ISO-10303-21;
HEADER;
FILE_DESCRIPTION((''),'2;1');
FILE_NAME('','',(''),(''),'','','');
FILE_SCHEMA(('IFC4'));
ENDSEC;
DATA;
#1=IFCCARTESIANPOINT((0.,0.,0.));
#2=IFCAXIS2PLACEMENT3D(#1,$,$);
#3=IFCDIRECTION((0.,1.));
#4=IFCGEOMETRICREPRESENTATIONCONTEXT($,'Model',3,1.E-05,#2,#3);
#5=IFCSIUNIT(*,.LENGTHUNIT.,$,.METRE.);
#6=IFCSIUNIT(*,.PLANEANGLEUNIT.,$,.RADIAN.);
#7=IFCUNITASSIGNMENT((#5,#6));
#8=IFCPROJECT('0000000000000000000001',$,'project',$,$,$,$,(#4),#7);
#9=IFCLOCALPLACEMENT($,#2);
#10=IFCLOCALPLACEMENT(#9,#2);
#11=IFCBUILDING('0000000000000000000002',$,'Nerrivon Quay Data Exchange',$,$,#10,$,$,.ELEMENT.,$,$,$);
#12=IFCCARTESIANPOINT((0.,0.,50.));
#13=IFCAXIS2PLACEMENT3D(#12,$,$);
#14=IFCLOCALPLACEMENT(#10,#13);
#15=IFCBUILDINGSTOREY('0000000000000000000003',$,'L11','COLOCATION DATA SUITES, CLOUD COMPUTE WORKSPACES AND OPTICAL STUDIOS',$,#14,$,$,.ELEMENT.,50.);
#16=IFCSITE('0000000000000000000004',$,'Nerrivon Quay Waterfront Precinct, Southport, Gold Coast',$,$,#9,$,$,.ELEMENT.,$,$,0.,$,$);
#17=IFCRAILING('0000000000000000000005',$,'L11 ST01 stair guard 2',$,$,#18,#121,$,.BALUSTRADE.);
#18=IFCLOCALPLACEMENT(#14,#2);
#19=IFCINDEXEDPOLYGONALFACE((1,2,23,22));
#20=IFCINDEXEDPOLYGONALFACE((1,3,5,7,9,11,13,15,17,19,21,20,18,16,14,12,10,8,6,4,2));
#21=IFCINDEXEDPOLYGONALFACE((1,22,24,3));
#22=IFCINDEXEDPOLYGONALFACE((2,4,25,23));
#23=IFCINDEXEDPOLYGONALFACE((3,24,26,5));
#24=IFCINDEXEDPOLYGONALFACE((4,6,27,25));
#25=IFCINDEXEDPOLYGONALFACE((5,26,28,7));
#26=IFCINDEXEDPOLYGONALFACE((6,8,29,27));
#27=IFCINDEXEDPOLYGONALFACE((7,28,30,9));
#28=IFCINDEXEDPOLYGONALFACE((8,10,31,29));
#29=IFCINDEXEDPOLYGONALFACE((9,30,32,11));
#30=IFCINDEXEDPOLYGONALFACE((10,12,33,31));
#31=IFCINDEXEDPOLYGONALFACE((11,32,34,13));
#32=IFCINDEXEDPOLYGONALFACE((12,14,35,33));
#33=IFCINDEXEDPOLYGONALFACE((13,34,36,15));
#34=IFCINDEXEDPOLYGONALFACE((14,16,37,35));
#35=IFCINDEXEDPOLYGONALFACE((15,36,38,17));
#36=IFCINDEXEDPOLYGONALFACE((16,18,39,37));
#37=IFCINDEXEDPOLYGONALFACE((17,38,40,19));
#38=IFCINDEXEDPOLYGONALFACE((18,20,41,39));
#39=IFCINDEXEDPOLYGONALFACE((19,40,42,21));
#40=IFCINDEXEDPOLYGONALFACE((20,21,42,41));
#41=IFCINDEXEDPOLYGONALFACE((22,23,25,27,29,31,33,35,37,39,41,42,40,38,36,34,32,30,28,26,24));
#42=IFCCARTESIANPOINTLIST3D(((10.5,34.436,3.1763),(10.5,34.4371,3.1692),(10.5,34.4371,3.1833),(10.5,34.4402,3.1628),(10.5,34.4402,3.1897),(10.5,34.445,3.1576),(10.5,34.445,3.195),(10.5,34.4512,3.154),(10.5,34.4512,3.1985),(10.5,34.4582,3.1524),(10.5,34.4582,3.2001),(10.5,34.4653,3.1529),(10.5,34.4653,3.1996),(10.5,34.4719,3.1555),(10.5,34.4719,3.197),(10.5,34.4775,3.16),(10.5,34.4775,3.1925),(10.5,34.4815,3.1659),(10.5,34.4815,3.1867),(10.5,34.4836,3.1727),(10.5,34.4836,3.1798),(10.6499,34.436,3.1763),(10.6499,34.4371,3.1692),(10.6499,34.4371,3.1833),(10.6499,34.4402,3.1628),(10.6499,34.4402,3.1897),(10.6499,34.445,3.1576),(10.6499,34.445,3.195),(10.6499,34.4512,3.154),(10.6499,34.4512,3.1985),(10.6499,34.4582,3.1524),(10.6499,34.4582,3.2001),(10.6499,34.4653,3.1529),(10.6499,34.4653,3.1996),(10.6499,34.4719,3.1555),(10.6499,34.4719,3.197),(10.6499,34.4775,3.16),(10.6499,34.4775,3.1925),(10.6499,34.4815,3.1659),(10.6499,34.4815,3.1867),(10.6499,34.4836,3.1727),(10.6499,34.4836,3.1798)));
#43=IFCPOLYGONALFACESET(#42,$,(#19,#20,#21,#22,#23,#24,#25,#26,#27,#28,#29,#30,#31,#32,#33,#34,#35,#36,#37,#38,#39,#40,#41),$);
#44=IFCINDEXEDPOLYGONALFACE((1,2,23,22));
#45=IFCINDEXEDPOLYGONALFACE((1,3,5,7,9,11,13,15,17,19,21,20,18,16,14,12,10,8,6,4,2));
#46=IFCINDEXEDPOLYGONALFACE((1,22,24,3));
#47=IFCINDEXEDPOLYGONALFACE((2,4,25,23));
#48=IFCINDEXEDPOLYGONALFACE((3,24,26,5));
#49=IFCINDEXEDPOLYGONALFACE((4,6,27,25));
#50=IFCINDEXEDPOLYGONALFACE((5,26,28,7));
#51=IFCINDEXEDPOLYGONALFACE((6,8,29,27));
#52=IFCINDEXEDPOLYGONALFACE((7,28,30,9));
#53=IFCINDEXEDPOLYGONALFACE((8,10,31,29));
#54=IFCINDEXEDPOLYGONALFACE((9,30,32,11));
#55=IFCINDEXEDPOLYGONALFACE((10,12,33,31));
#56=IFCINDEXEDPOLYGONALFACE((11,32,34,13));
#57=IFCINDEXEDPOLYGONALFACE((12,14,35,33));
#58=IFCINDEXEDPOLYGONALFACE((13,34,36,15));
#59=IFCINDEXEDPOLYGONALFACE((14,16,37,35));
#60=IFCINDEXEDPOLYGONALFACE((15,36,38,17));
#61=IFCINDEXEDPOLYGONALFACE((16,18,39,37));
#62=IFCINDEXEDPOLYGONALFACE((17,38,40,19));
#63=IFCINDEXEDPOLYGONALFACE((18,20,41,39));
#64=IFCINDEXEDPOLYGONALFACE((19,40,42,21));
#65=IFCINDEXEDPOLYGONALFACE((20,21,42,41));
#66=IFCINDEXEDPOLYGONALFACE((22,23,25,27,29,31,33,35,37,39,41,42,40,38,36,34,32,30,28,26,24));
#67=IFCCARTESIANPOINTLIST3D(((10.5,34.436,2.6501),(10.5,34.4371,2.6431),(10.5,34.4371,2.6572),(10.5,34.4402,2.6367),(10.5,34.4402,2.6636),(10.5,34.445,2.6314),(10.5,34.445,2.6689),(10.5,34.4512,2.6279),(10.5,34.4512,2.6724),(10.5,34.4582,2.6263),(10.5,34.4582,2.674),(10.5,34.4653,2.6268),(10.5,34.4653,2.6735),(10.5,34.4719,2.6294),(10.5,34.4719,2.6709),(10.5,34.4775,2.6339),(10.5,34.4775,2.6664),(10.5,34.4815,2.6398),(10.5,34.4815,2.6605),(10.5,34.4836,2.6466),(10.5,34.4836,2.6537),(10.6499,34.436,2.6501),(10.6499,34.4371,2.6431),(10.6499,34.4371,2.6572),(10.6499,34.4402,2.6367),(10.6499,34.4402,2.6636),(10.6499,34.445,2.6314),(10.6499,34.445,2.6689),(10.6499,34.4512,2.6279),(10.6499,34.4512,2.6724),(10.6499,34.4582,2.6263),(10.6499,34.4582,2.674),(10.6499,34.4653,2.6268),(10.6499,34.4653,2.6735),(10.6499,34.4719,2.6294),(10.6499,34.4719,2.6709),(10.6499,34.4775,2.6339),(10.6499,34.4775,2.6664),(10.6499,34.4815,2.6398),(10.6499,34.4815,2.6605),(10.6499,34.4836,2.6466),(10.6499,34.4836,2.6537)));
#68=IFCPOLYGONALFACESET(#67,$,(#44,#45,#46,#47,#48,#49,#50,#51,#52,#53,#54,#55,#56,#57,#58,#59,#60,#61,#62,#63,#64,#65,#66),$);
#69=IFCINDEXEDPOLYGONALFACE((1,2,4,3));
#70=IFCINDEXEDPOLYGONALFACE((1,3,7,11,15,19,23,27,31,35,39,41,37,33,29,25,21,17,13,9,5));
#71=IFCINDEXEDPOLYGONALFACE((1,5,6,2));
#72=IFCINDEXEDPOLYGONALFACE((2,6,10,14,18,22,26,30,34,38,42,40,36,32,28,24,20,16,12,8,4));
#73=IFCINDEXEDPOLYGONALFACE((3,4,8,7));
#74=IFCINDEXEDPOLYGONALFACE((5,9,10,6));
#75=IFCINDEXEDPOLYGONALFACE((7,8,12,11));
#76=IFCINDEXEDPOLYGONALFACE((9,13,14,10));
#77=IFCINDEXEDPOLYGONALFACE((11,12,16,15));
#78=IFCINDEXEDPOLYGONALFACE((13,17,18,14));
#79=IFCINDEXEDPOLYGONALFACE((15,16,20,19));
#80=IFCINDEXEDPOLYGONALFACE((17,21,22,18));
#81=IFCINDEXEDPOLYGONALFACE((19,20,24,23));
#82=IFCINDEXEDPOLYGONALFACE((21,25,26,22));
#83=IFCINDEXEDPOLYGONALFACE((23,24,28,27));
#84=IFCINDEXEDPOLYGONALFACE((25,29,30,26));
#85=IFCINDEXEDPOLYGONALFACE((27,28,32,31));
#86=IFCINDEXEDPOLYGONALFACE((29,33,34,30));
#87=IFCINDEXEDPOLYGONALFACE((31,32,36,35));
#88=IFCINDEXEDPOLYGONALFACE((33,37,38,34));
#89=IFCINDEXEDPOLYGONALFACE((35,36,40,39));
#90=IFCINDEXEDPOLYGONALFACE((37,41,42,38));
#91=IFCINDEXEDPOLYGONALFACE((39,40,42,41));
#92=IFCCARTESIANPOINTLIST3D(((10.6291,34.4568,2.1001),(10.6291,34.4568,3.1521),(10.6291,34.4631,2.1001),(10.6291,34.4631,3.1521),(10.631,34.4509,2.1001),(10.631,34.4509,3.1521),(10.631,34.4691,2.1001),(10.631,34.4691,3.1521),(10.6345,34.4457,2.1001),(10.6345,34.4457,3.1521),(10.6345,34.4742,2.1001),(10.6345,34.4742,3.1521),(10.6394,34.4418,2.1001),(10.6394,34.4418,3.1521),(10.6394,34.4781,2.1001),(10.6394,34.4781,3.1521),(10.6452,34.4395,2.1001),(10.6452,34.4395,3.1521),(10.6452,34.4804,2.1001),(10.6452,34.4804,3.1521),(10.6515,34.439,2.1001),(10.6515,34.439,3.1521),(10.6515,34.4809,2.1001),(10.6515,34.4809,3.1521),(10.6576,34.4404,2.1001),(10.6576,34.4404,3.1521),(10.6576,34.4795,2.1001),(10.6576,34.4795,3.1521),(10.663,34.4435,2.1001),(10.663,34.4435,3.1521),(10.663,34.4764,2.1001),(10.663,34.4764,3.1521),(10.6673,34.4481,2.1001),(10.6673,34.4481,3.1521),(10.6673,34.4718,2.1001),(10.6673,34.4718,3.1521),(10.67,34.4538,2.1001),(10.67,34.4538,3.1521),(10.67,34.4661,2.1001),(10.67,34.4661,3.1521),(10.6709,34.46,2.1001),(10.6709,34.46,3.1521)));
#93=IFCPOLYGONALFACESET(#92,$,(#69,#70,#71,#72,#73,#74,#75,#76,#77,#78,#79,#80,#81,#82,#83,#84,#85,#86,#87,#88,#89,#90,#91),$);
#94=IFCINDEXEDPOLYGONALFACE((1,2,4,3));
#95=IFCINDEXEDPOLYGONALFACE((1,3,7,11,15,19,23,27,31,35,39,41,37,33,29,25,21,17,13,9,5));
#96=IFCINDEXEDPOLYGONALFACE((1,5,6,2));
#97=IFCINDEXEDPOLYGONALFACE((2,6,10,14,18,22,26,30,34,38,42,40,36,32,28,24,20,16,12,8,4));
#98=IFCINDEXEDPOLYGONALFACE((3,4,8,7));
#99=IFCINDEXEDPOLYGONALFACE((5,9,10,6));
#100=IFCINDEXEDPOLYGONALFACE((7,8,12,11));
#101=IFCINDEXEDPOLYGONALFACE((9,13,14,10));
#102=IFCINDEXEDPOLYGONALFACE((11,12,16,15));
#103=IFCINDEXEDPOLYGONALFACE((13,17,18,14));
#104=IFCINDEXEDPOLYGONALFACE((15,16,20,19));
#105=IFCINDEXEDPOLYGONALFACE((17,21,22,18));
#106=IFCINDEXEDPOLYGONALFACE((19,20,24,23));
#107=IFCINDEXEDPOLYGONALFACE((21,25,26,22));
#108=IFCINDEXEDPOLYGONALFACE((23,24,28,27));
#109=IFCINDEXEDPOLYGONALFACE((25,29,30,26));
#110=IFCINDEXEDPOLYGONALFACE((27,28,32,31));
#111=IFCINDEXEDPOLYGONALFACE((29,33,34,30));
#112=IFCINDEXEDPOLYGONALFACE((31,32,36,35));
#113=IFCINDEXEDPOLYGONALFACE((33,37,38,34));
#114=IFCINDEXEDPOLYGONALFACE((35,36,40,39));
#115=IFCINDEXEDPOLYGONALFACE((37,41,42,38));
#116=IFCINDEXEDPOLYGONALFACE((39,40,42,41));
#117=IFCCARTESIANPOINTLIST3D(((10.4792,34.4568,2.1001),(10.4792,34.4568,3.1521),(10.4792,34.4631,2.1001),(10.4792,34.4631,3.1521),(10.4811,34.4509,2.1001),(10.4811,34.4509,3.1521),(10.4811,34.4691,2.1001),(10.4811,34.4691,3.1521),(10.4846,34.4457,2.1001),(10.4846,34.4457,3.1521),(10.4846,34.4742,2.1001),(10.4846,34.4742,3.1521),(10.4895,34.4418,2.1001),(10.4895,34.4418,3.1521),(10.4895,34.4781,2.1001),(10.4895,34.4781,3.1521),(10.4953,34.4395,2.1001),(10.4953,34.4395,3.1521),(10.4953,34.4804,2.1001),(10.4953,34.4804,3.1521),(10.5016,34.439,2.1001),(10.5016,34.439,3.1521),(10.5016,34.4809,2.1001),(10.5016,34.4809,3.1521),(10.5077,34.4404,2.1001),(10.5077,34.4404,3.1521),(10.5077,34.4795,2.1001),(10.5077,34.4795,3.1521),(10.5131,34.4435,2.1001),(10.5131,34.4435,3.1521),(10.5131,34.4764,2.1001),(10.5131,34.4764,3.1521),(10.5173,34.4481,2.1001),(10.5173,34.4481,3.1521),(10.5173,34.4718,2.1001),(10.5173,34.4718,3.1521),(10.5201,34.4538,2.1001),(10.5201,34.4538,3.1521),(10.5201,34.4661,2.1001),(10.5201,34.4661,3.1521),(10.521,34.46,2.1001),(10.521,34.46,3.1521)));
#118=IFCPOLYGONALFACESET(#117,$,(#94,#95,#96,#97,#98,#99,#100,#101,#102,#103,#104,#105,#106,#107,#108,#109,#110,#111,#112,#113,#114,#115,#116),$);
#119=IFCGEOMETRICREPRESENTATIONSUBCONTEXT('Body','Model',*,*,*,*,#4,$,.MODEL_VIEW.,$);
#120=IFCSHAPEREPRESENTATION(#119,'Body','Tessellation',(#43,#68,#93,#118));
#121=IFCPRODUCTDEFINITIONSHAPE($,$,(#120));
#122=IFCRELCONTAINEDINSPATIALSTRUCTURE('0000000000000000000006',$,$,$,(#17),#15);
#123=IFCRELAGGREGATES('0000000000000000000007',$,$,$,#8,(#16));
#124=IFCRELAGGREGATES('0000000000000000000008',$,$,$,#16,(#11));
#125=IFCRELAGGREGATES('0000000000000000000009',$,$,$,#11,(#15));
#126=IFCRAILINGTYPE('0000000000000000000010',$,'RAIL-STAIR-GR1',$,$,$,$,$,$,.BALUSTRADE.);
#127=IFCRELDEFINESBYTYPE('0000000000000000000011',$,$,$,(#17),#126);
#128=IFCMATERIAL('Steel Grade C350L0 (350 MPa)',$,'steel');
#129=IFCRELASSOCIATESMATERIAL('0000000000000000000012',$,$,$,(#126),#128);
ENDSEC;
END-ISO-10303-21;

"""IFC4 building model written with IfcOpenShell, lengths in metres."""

from ifc_helpers import new_model, si_unit, direction, frame, origin, origin_2d, place, context, subcontext, project, spatial, circle, extrude, material, type_object, element, save


model = new_model("IFC4")

# Units and contexts
model_context = context("Model", 3, precision=1e-05, world=origin(), true_north=direction((0.0, 1.0)))
body_context = subcontext(model_context, "Body", "Model", "MODEL_VIEW")
ifc_project = project(units=[si_unit("LENGTHUNIT", "METRE"), si_unit("PLANEANGLEUNIT", "RADIAN")], contexts=[model_context])

# Site, building, storey
site_placement = place(None, origin())
site = spatial("IfcSite", under=ifc_project, at=site_placement, Name="Nerrivon Quay Waterfront Precinct, Southport, Gold Coast", CompositionType="ELEMENT", RefElevation=0.0)
building_placement = place(site_placement, origin())
building = spatial("IfcBuilding", under=site, at=building_placement, Name="Nerrivon Quay Data Exchange", CompositionType="ELEMENT")
storey_placement = place(building_placement, frame((0.0, 0.0, 50.0)))
storey = spatial("IfcBuildingStorey", under=building, at=storey_placement, Name="L11", Description="COLOCATION DATA SUITES, CLOUD COMPUTE WORKSPACES AND OPTICAL STUDIOS", CompositionType="ELEMENT", Elevation=50.0)

# Railing
ifc_material_1 = material(Name="Steel Grade C350L0 (350 MPa)", Category="steel")
railing_type_1 = type_object("IfcRailingType", Name="RAIL-STAIR-GR1", PredefinedType="BALUSTRADE", material=ifc_material_1)
railing_1_placement = place(storey_placement, frame((10.6499, 34.46, 2.1001)))
element("IfcRailing", 1, at=railing_1_placement, inside=storey, type_object=railing_type_1, Name="L11 ST01 stair guard 2", PredefinedType="BALUSTRADE", context=body_context, shape_type="SweptSolid", body=[
    extrude(circle(Radius=0.0239, at=origin_2d()), frame((0.0, 0.0, 1.0762), z_axis=(-1.0, 0.0, 0.0), x_axis=(0.0, -1.0, 0.0)), (0.0, 0.0, 1.0), 0.1499),
    extrude(circle(Radius=0.0239, at=origin_2d()), frame((0.0, 0.0, 0.55), z_axis=(-1.0, 0.0, 0.0), x_axis=(0.0, -1.0, 0.0)), (0.0, 0.0, 1.0), 0.1499),
    extrude(circle(Radius=0.021, at=origin_2d()), origin(), (0.0, 0.0, 1.0), 1.052),
    extrude(circle(Radius=0.021, at=origin_2d()), frame((-0.1499, 0.0, 0.0)), (0.0, 0.0, 1.0), 1.052),
])

save(model, "model.ifc")
